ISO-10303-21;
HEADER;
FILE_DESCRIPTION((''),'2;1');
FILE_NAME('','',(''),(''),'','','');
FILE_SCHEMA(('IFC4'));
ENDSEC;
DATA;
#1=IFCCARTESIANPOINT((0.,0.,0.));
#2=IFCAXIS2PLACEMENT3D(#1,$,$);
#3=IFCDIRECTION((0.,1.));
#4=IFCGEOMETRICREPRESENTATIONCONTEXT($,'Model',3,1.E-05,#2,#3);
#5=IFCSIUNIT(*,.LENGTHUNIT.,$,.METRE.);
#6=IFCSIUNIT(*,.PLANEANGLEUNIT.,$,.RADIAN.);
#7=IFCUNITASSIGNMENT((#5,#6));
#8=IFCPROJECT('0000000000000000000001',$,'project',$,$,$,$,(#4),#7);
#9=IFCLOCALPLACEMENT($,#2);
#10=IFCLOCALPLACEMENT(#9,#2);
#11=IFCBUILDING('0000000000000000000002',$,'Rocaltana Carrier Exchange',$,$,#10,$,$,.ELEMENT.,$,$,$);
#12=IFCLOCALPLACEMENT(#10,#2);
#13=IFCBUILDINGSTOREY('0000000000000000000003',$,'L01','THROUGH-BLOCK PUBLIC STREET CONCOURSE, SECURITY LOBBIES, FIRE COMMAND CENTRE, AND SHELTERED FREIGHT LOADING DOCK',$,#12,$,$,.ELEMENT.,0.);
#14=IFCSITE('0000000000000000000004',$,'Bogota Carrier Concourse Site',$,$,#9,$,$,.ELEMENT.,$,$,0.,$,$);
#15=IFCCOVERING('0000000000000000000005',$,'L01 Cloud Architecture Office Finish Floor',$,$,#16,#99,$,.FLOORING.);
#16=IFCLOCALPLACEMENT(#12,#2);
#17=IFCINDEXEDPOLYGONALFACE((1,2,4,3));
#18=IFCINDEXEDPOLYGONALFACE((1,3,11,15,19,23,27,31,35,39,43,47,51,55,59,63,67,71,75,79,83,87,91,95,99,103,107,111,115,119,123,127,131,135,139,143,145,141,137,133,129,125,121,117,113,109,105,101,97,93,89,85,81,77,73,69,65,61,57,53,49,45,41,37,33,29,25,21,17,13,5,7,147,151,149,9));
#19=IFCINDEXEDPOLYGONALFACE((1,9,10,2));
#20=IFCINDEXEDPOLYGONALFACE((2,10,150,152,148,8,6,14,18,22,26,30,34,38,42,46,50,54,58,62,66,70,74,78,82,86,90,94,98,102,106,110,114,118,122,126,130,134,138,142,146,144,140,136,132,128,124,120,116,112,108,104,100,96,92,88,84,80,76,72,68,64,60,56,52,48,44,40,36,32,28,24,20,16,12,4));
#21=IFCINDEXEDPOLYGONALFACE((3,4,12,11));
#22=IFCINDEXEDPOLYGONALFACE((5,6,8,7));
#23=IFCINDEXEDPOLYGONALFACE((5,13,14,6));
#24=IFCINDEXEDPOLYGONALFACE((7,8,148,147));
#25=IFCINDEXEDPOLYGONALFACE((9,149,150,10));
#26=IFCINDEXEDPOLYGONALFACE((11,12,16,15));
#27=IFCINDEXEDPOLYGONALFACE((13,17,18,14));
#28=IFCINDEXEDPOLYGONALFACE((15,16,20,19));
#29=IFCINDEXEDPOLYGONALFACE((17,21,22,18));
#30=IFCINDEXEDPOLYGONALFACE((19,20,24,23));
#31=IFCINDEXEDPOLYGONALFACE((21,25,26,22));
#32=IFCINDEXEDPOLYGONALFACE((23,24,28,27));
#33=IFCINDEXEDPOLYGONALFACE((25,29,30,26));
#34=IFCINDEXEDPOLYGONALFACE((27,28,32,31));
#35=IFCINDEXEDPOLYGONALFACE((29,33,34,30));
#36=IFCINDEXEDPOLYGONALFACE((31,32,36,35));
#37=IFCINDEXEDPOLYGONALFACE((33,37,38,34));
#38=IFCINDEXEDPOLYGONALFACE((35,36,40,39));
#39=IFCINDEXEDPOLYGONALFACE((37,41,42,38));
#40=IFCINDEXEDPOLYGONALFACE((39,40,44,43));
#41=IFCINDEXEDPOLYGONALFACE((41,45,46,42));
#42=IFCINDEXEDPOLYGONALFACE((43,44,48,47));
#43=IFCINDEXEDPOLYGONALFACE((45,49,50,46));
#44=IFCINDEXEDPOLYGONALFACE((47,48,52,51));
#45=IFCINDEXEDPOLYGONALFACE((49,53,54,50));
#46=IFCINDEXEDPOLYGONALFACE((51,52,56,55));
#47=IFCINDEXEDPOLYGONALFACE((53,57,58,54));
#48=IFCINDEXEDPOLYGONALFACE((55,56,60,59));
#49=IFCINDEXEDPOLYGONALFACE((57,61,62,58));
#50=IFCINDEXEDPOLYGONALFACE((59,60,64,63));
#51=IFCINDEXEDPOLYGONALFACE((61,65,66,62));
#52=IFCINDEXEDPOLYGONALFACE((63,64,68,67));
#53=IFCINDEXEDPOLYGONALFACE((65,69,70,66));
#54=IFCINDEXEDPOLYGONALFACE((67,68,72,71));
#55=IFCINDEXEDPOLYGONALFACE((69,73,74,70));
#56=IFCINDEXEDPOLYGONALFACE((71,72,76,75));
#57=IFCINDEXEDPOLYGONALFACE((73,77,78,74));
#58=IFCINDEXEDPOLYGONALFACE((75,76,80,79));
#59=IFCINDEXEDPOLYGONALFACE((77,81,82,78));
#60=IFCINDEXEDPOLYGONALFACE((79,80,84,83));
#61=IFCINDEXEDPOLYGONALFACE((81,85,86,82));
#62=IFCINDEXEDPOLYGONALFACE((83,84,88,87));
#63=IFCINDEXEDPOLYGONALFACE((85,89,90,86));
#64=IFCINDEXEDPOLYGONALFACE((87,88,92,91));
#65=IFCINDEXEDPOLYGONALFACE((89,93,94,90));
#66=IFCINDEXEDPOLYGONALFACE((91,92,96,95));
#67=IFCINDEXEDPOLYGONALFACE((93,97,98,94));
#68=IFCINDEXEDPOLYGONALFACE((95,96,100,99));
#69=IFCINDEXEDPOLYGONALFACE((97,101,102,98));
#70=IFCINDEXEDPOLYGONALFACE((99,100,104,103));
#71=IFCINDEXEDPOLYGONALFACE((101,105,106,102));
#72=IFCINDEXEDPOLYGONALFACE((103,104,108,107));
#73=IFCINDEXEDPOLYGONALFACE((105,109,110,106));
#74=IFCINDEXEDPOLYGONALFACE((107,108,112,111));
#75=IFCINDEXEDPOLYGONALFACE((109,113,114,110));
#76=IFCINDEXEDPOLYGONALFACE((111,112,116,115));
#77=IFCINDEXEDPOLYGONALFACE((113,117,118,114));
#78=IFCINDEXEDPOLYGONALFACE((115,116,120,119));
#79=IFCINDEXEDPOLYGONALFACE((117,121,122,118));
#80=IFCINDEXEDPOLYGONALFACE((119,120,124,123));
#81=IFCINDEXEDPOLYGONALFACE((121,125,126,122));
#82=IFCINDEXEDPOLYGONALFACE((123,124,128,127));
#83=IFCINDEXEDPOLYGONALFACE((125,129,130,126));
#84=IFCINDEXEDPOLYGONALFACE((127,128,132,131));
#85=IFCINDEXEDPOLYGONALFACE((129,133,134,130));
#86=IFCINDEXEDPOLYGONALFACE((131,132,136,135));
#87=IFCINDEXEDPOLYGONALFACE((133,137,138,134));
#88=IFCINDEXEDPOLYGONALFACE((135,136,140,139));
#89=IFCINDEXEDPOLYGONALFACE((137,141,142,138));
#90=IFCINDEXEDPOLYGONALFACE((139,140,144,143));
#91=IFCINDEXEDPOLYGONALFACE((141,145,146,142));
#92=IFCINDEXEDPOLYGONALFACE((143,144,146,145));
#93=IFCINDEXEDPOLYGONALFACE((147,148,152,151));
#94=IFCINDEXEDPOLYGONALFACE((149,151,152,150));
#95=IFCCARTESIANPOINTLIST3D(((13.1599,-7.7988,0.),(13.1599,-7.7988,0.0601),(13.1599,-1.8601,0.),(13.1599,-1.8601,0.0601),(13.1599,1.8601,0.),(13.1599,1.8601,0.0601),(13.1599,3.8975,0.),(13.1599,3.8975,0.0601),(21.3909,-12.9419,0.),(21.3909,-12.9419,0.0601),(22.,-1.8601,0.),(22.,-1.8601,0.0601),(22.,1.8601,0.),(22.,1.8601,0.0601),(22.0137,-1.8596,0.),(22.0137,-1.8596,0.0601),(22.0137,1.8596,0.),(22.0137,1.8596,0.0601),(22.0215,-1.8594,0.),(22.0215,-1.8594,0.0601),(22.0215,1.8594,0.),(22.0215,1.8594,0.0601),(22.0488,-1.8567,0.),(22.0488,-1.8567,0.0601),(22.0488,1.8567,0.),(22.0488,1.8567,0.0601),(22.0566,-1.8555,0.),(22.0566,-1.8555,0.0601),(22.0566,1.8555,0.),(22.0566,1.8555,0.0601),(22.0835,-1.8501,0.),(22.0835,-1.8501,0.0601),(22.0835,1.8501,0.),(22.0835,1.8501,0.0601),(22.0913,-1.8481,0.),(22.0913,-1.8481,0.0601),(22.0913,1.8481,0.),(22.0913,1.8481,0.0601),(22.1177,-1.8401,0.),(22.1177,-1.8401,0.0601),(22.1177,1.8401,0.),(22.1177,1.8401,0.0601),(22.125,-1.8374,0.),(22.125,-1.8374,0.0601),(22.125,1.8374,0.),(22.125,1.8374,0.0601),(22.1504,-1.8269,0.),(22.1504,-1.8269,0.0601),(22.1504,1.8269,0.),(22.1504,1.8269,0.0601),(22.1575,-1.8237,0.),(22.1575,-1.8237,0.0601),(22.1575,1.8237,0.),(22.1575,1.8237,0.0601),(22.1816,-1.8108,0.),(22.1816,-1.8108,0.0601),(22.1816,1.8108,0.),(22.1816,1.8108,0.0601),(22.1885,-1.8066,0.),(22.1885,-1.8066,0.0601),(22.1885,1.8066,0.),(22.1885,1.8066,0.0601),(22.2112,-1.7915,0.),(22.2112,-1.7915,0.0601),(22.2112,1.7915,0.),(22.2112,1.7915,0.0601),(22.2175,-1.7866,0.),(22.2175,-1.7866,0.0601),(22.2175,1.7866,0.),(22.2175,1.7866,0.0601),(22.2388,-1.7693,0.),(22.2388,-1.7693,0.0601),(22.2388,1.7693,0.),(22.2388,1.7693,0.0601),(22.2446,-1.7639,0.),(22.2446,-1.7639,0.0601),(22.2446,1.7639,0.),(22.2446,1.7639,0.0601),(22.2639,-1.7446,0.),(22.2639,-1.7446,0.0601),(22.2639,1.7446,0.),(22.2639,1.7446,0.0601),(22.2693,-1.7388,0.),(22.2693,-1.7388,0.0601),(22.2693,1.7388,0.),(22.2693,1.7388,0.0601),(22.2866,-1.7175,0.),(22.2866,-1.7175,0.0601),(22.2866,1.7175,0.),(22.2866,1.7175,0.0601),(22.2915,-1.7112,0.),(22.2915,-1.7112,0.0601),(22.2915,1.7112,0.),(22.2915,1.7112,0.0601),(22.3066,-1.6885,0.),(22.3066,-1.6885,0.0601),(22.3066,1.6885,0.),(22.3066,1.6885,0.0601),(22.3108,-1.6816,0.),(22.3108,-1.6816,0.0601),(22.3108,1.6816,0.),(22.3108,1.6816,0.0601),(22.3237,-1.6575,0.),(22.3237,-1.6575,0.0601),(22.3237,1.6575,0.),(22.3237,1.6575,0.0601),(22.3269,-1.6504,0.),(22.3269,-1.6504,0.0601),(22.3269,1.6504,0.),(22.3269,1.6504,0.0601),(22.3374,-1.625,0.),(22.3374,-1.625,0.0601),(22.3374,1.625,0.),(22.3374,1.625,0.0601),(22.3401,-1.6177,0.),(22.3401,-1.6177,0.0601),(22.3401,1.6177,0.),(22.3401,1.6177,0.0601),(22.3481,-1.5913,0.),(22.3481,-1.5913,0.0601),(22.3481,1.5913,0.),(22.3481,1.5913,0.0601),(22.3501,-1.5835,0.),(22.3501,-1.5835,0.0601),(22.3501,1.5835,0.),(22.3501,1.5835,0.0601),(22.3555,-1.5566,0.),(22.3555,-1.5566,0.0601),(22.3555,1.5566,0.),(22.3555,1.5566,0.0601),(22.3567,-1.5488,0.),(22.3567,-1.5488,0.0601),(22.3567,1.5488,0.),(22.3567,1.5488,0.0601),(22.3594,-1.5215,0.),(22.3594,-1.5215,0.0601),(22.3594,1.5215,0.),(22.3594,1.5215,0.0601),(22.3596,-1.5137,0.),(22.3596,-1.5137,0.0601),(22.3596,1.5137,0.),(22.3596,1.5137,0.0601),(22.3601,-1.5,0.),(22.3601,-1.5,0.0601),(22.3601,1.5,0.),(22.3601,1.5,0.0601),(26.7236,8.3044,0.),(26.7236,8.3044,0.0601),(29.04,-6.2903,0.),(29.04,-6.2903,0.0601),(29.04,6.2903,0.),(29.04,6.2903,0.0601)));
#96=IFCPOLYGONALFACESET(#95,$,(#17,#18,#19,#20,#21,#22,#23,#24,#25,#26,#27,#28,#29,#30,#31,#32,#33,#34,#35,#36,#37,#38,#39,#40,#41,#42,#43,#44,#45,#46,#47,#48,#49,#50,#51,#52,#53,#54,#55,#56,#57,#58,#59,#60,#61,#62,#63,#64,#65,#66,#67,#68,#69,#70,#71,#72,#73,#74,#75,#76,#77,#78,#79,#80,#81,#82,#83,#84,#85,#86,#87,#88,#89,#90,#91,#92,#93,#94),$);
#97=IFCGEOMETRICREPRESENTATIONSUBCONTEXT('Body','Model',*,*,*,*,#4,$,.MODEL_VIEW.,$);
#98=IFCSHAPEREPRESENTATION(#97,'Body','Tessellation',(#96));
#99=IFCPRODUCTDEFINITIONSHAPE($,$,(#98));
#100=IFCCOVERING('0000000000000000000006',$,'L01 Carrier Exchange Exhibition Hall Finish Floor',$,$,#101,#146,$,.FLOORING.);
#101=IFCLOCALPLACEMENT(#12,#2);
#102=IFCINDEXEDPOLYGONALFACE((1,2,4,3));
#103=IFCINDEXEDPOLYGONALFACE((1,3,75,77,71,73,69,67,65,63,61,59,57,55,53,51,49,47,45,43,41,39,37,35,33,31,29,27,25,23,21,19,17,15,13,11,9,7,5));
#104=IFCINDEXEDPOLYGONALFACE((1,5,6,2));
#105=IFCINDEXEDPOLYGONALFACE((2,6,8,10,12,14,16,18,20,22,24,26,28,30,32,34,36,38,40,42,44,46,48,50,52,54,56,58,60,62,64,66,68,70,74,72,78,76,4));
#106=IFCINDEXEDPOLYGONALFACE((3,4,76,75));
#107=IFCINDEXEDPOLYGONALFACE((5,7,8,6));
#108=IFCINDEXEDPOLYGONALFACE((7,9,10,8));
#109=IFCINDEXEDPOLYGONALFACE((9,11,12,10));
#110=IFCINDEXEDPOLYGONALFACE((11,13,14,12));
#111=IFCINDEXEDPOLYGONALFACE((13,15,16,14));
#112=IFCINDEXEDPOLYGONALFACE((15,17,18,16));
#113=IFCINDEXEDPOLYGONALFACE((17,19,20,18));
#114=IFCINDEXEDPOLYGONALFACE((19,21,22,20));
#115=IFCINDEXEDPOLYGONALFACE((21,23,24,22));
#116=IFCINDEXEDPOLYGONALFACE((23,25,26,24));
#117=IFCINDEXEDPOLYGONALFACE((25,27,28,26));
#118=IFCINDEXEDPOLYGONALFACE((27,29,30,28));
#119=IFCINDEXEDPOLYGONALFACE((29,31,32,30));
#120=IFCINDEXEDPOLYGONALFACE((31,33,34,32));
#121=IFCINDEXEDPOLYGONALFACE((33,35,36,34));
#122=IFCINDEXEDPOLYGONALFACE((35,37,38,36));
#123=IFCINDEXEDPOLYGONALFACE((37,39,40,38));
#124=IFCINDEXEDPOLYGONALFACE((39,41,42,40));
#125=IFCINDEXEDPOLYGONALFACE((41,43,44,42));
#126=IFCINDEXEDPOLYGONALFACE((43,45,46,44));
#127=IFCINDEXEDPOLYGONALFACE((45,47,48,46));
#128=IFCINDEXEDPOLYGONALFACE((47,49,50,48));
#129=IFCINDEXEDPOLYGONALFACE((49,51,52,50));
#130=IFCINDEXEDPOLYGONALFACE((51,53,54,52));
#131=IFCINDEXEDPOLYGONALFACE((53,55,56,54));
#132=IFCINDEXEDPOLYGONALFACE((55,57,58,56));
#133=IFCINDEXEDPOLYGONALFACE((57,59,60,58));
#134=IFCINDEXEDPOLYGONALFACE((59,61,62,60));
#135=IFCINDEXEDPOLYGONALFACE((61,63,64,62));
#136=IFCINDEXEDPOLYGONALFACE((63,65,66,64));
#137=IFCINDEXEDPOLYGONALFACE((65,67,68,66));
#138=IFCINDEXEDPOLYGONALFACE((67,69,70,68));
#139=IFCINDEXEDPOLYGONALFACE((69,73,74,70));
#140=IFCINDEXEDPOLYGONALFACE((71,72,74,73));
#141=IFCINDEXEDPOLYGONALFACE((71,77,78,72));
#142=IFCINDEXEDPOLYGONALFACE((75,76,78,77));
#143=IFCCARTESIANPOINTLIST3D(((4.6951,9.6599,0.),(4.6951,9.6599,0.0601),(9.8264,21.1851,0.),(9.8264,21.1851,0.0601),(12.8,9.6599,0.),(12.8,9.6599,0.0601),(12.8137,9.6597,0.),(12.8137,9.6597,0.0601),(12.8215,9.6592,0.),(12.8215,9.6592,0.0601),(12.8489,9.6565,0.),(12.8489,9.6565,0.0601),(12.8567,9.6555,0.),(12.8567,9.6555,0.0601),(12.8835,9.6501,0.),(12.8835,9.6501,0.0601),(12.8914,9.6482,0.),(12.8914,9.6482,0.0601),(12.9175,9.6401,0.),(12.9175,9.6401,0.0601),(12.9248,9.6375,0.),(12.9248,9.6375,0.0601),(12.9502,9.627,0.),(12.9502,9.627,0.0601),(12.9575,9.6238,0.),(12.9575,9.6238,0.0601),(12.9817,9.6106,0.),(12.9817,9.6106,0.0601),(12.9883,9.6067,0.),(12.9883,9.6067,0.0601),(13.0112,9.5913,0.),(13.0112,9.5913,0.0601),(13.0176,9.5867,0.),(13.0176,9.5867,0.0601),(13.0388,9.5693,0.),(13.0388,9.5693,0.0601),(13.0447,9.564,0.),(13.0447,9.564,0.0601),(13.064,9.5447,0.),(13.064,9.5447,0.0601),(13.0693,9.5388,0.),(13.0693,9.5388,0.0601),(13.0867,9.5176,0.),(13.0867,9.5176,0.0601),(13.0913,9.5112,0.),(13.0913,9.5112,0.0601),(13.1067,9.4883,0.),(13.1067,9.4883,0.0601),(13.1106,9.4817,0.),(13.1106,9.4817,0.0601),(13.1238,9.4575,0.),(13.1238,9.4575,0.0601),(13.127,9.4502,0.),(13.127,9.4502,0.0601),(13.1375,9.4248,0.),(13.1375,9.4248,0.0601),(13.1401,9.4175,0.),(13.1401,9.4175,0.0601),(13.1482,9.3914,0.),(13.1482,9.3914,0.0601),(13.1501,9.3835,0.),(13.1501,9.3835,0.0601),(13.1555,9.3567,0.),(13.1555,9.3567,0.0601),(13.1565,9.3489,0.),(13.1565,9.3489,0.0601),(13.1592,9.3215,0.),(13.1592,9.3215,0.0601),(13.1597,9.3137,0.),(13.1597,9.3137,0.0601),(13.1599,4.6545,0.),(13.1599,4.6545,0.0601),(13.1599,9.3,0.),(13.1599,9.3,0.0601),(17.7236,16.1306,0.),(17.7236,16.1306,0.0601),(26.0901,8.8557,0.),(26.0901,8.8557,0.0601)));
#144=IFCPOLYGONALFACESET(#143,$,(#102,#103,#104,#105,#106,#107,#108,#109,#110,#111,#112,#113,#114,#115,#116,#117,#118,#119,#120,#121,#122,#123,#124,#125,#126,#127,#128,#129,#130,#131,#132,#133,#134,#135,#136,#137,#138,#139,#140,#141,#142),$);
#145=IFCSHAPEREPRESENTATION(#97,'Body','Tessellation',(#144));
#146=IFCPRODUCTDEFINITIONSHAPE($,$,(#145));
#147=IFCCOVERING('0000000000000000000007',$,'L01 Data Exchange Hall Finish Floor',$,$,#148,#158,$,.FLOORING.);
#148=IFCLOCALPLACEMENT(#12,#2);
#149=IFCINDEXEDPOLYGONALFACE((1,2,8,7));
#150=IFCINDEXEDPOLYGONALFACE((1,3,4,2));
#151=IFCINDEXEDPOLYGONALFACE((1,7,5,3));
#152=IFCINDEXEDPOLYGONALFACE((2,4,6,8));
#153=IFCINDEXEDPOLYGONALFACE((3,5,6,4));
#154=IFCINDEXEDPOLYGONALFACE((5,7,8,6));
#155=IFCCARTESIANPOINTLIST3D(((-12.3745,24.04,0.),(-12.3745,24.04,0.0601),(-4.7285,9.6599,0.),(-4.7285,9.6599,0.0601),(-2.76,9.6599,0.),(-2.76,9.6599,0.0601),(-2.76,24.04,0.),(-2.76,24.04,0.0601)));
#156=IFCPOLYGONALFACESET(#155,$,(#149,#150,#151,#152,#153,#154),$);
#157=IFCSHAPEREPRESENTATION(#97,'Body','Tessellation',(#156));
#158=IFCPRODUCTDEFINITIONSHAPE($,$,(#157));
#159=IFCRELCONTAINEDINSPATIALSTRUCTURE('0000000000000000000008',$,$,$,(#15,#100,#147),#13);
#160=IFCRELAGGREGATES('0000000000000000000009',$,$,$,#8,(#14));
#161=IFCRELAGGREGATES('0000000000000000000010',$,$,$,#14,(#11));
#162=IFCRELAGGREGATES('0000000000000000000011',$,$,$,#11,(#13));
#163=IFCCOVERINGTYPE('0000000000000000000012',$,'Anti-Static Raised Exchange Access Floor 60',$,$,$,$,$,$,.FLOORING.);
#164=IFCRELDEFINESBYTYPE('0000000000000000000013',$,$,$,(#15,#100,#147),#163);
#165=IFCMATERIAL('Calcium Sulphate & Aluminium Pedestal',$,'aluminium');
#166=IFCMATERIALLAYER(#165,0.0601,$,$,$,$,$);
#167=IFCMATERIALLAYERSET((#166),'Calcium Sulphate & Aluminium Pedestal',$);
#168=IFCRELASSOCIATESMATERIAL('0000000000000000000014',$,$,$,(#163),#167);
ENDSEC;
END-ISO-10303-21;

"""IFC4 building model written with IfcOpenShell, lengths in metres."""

from ifc_helpers import new_model, si_unit, direction, origin, place, context, subcontext, project, spatial, polyline, outline, extrude, material, layer, layer_set, type_object, element, save


model = new_model("IFC4")

# Units and contexts
model_context = context("Model", 3, precision=1e-05, world=origin(), true_north=direction((0.0, 1.0)))
body_context = subcontext(model_context, "Body", "Model", "MODEL_VIEW")
ifc_project = project(units=[si_unit("LENGTHUNIT", "METRE"), si_unit("PLANEANGLEUNIT", "RADIAN")], contexts=[model_context])

# Site, building, storey
site_placement = place(None, origin())
site = spatial("IfcSite", under=ifc_project, at=site_placement, Name="Bogota Carrier Concourse Site", CompositionType="ELEMENT", RefElevation=0.0)
building_placement = place(site_placement, origin())
building = spatial("IfcBuilding", under=site, at=building_placement, Name="Rocaltana Carrier Exchange", CompositionType="ELEMENT")
storey_placement = place(building_placement, origin())
storey = spatial("IfcBuildingStorey", under=building, at=storey_placement, Name="L01", Description="THROUGH-BLOCK PUBLIC STREET CONCOURSE, SECURITY LOBBIES, FIRE COMMAND CENTRE, AND SHELTERED FREIGHT LOADING DOCK", CompositionType="ELEMENT", Elevation=0.0)

# Coverings
ifc_material_1 = material(Name="Calcium Sulphate & Aluminium Pedestal", Category="aluminium")
ifc_layer_1 = layer(ifc_material_1, 0.0601)
ifc_layer_set_1 = layer_set([ifc_layer_1], Name="Calcium Sulphate & Aluminium Pedestal")
covering_type_1 = type_object("IfcCoveringType", Name="Anti-Static Raised Exchange Access Floor 60", PredefinedType="FLOORING", material=ifc_layer_set_1)
covering_1_placement = place(storey_placement, origin())
element("IfcCovering", 1, at=covering_1_placement, inside=storey, type_object=covering_type_1, Name="L01 Cloud Architecture Office Finish Floor", PredefinedType="FLOORING", context=body_context, shape_type="SweptSolid", body=[
    extrude(outline(polyline([(13.1599, -1.8601), (22.0, -1.8601), (22.0137, -1.8596), (22.0215, -1.8594), (22.0488, -1.8567), (22.0566, -1.8555), (22.0835, -1.8501), (22.0913, -1.8481), (22.1177, -1.8401), (22.125, -1.8374), (22.1504, -1.8269), (22.1575, -1.8237), (22.1816, -1.8108), (22.1885, -1.8066), (22.2112, -1.7915), (22.2175, -1.7866), (22.2388, -1.7693), (22.2446, -1.7639), (22.2639, -1.7446), (22.2693, -1.7388), (22.2866, -1.7175), (22.2915, -1.7112), (22.3066, -1.6885), (22.3108, -1.6816), (22.3237, -1.6575), (22.3269, -1.6504), (22.3374, -1.625), (22.3401, -1.6177), (22.3481, -1.5913), (22.3501, -1.5835), (22.3555, -1.5566), (22.3567, -1.5488), (22.3594, -1.5215), (22.3596, -1.5137), (22.3601, -1.5), (22.3601, 1.5), (22.3596, 1.5137), (22.3594, 1.5215), (22.3567, 1.5488), (22.3555, 1.5566), (22.3501, 1.5835), (22.3481, 1.5913), (22.3401, 1.6177), (22.3374, 1.625), (22.3269, 1.6504), (22.3237, 1.6575), (22.3108, 1.6816), (22.3066, 1.6885), (22.2915, 1.7112), (22.2866, 1.7175), (22.2693, 1.7388), (22.2639, 1.7446), (22.2446, 1.7639), (22.2388, 1.7693), (22.2175, 1.7866), (22.2112, 1.7915), (22.1885, 1.8066), (22.1816, 1.8108), (22.1575, 1.8237), (22.1504, 1.8269), (22.125, 1.8374), (22.1177, 1.8401), (22.0913, 1.8481), (22.0835, 1.8501), (22.0566, 1.8555), (22.0488, 1.8567), (22.0215, 1.8594), (22.0137, 1.8596), (22.0, 1.8601), (13.1599, 1.8601), (13.1599, 3.8975), (26.7236, 8.3044), (29.04, 6.2903), (29.04, -6.2903), (21.3909, -12.9419), (13.1599, -7.7988), (13.1599, -1.8601)])), origin(), (0.0, 0.0, 1.0), 0.0601),
])
covering_2_placement = place(storey_placement, origin())
element("IfcCovering", 2, at=covering_2_placement, inside=storey, type_object=covering_type_1, Name="L01 Carrier Exchange Exhibition Hall Finish Floor", PredefinedType="FLOORING", context=body_context, shape_type="SweptSolid", body=[
    extrude(outline(polyline([(13.1599, 9.3), (13.1597, 9.3137), (13.1592, 9.3215), (13.1565, 9.3489), (13.1555, 9.3567), (13.1501, 9.3835), (13.1482, 9.3914), (13.1401, 9.4175), (13.1375, 9.4248), (13.127, 9.4502), (13.1238, 9.4575), (13.1106, 9.4817), (13.1067, 9.4883), (13.0913, 9.5112), (13.0867, 9.5176), (13.0693, 9.5388), (13.064, 9.5447), (13.0447, 9.564), (13.0388, 9.5693), (13.0176, 9.5867), (13.0112, 9.5913), (12.9883, 9.6067), (12.9817, 9.6106), (12.9575, 9.6238), (12.9502, 9.627), (12.9248, 9.6375), (12.9175, 9.6401), (12.8914, 9.6482), (12.8835, 9.6501), (12.8567, 9.6555), (12.8489, 9.6565), (12.8215, 9.6592), (12.8137, 9.6597), (12.8, 9.6599), (4.6951, 9.6599), (9.8264, 21.1851), (17.7236, 16.1306), (26.0901, 8.8557), (13.1599, 4.6545), (13.1599, 9.3)])), origin(), (0.0, 0.0, 1.0), 0.0601),
])
covering_3_placement = place(storey_placement, origin())
element("IfcCovering", 3, at=covering_3_placement, inside=storey, type_object=covering_type_1, Name="L01 Data Exchange Hall Finish Floor", PredefinedType="FLOORING", context=body_context, shape_type="SweptSolid", body=[
    extrude(outline(polyline([(-4.7285, 9.6599), (-12.3745, 24.04), (-2.76, 24.04), (-2.76, 9.6599), (-4.7285, 9.6599)])), origin(), (0.0, 0.0, 1.0), 0.0601),
])

save(model, "model.ifc")
